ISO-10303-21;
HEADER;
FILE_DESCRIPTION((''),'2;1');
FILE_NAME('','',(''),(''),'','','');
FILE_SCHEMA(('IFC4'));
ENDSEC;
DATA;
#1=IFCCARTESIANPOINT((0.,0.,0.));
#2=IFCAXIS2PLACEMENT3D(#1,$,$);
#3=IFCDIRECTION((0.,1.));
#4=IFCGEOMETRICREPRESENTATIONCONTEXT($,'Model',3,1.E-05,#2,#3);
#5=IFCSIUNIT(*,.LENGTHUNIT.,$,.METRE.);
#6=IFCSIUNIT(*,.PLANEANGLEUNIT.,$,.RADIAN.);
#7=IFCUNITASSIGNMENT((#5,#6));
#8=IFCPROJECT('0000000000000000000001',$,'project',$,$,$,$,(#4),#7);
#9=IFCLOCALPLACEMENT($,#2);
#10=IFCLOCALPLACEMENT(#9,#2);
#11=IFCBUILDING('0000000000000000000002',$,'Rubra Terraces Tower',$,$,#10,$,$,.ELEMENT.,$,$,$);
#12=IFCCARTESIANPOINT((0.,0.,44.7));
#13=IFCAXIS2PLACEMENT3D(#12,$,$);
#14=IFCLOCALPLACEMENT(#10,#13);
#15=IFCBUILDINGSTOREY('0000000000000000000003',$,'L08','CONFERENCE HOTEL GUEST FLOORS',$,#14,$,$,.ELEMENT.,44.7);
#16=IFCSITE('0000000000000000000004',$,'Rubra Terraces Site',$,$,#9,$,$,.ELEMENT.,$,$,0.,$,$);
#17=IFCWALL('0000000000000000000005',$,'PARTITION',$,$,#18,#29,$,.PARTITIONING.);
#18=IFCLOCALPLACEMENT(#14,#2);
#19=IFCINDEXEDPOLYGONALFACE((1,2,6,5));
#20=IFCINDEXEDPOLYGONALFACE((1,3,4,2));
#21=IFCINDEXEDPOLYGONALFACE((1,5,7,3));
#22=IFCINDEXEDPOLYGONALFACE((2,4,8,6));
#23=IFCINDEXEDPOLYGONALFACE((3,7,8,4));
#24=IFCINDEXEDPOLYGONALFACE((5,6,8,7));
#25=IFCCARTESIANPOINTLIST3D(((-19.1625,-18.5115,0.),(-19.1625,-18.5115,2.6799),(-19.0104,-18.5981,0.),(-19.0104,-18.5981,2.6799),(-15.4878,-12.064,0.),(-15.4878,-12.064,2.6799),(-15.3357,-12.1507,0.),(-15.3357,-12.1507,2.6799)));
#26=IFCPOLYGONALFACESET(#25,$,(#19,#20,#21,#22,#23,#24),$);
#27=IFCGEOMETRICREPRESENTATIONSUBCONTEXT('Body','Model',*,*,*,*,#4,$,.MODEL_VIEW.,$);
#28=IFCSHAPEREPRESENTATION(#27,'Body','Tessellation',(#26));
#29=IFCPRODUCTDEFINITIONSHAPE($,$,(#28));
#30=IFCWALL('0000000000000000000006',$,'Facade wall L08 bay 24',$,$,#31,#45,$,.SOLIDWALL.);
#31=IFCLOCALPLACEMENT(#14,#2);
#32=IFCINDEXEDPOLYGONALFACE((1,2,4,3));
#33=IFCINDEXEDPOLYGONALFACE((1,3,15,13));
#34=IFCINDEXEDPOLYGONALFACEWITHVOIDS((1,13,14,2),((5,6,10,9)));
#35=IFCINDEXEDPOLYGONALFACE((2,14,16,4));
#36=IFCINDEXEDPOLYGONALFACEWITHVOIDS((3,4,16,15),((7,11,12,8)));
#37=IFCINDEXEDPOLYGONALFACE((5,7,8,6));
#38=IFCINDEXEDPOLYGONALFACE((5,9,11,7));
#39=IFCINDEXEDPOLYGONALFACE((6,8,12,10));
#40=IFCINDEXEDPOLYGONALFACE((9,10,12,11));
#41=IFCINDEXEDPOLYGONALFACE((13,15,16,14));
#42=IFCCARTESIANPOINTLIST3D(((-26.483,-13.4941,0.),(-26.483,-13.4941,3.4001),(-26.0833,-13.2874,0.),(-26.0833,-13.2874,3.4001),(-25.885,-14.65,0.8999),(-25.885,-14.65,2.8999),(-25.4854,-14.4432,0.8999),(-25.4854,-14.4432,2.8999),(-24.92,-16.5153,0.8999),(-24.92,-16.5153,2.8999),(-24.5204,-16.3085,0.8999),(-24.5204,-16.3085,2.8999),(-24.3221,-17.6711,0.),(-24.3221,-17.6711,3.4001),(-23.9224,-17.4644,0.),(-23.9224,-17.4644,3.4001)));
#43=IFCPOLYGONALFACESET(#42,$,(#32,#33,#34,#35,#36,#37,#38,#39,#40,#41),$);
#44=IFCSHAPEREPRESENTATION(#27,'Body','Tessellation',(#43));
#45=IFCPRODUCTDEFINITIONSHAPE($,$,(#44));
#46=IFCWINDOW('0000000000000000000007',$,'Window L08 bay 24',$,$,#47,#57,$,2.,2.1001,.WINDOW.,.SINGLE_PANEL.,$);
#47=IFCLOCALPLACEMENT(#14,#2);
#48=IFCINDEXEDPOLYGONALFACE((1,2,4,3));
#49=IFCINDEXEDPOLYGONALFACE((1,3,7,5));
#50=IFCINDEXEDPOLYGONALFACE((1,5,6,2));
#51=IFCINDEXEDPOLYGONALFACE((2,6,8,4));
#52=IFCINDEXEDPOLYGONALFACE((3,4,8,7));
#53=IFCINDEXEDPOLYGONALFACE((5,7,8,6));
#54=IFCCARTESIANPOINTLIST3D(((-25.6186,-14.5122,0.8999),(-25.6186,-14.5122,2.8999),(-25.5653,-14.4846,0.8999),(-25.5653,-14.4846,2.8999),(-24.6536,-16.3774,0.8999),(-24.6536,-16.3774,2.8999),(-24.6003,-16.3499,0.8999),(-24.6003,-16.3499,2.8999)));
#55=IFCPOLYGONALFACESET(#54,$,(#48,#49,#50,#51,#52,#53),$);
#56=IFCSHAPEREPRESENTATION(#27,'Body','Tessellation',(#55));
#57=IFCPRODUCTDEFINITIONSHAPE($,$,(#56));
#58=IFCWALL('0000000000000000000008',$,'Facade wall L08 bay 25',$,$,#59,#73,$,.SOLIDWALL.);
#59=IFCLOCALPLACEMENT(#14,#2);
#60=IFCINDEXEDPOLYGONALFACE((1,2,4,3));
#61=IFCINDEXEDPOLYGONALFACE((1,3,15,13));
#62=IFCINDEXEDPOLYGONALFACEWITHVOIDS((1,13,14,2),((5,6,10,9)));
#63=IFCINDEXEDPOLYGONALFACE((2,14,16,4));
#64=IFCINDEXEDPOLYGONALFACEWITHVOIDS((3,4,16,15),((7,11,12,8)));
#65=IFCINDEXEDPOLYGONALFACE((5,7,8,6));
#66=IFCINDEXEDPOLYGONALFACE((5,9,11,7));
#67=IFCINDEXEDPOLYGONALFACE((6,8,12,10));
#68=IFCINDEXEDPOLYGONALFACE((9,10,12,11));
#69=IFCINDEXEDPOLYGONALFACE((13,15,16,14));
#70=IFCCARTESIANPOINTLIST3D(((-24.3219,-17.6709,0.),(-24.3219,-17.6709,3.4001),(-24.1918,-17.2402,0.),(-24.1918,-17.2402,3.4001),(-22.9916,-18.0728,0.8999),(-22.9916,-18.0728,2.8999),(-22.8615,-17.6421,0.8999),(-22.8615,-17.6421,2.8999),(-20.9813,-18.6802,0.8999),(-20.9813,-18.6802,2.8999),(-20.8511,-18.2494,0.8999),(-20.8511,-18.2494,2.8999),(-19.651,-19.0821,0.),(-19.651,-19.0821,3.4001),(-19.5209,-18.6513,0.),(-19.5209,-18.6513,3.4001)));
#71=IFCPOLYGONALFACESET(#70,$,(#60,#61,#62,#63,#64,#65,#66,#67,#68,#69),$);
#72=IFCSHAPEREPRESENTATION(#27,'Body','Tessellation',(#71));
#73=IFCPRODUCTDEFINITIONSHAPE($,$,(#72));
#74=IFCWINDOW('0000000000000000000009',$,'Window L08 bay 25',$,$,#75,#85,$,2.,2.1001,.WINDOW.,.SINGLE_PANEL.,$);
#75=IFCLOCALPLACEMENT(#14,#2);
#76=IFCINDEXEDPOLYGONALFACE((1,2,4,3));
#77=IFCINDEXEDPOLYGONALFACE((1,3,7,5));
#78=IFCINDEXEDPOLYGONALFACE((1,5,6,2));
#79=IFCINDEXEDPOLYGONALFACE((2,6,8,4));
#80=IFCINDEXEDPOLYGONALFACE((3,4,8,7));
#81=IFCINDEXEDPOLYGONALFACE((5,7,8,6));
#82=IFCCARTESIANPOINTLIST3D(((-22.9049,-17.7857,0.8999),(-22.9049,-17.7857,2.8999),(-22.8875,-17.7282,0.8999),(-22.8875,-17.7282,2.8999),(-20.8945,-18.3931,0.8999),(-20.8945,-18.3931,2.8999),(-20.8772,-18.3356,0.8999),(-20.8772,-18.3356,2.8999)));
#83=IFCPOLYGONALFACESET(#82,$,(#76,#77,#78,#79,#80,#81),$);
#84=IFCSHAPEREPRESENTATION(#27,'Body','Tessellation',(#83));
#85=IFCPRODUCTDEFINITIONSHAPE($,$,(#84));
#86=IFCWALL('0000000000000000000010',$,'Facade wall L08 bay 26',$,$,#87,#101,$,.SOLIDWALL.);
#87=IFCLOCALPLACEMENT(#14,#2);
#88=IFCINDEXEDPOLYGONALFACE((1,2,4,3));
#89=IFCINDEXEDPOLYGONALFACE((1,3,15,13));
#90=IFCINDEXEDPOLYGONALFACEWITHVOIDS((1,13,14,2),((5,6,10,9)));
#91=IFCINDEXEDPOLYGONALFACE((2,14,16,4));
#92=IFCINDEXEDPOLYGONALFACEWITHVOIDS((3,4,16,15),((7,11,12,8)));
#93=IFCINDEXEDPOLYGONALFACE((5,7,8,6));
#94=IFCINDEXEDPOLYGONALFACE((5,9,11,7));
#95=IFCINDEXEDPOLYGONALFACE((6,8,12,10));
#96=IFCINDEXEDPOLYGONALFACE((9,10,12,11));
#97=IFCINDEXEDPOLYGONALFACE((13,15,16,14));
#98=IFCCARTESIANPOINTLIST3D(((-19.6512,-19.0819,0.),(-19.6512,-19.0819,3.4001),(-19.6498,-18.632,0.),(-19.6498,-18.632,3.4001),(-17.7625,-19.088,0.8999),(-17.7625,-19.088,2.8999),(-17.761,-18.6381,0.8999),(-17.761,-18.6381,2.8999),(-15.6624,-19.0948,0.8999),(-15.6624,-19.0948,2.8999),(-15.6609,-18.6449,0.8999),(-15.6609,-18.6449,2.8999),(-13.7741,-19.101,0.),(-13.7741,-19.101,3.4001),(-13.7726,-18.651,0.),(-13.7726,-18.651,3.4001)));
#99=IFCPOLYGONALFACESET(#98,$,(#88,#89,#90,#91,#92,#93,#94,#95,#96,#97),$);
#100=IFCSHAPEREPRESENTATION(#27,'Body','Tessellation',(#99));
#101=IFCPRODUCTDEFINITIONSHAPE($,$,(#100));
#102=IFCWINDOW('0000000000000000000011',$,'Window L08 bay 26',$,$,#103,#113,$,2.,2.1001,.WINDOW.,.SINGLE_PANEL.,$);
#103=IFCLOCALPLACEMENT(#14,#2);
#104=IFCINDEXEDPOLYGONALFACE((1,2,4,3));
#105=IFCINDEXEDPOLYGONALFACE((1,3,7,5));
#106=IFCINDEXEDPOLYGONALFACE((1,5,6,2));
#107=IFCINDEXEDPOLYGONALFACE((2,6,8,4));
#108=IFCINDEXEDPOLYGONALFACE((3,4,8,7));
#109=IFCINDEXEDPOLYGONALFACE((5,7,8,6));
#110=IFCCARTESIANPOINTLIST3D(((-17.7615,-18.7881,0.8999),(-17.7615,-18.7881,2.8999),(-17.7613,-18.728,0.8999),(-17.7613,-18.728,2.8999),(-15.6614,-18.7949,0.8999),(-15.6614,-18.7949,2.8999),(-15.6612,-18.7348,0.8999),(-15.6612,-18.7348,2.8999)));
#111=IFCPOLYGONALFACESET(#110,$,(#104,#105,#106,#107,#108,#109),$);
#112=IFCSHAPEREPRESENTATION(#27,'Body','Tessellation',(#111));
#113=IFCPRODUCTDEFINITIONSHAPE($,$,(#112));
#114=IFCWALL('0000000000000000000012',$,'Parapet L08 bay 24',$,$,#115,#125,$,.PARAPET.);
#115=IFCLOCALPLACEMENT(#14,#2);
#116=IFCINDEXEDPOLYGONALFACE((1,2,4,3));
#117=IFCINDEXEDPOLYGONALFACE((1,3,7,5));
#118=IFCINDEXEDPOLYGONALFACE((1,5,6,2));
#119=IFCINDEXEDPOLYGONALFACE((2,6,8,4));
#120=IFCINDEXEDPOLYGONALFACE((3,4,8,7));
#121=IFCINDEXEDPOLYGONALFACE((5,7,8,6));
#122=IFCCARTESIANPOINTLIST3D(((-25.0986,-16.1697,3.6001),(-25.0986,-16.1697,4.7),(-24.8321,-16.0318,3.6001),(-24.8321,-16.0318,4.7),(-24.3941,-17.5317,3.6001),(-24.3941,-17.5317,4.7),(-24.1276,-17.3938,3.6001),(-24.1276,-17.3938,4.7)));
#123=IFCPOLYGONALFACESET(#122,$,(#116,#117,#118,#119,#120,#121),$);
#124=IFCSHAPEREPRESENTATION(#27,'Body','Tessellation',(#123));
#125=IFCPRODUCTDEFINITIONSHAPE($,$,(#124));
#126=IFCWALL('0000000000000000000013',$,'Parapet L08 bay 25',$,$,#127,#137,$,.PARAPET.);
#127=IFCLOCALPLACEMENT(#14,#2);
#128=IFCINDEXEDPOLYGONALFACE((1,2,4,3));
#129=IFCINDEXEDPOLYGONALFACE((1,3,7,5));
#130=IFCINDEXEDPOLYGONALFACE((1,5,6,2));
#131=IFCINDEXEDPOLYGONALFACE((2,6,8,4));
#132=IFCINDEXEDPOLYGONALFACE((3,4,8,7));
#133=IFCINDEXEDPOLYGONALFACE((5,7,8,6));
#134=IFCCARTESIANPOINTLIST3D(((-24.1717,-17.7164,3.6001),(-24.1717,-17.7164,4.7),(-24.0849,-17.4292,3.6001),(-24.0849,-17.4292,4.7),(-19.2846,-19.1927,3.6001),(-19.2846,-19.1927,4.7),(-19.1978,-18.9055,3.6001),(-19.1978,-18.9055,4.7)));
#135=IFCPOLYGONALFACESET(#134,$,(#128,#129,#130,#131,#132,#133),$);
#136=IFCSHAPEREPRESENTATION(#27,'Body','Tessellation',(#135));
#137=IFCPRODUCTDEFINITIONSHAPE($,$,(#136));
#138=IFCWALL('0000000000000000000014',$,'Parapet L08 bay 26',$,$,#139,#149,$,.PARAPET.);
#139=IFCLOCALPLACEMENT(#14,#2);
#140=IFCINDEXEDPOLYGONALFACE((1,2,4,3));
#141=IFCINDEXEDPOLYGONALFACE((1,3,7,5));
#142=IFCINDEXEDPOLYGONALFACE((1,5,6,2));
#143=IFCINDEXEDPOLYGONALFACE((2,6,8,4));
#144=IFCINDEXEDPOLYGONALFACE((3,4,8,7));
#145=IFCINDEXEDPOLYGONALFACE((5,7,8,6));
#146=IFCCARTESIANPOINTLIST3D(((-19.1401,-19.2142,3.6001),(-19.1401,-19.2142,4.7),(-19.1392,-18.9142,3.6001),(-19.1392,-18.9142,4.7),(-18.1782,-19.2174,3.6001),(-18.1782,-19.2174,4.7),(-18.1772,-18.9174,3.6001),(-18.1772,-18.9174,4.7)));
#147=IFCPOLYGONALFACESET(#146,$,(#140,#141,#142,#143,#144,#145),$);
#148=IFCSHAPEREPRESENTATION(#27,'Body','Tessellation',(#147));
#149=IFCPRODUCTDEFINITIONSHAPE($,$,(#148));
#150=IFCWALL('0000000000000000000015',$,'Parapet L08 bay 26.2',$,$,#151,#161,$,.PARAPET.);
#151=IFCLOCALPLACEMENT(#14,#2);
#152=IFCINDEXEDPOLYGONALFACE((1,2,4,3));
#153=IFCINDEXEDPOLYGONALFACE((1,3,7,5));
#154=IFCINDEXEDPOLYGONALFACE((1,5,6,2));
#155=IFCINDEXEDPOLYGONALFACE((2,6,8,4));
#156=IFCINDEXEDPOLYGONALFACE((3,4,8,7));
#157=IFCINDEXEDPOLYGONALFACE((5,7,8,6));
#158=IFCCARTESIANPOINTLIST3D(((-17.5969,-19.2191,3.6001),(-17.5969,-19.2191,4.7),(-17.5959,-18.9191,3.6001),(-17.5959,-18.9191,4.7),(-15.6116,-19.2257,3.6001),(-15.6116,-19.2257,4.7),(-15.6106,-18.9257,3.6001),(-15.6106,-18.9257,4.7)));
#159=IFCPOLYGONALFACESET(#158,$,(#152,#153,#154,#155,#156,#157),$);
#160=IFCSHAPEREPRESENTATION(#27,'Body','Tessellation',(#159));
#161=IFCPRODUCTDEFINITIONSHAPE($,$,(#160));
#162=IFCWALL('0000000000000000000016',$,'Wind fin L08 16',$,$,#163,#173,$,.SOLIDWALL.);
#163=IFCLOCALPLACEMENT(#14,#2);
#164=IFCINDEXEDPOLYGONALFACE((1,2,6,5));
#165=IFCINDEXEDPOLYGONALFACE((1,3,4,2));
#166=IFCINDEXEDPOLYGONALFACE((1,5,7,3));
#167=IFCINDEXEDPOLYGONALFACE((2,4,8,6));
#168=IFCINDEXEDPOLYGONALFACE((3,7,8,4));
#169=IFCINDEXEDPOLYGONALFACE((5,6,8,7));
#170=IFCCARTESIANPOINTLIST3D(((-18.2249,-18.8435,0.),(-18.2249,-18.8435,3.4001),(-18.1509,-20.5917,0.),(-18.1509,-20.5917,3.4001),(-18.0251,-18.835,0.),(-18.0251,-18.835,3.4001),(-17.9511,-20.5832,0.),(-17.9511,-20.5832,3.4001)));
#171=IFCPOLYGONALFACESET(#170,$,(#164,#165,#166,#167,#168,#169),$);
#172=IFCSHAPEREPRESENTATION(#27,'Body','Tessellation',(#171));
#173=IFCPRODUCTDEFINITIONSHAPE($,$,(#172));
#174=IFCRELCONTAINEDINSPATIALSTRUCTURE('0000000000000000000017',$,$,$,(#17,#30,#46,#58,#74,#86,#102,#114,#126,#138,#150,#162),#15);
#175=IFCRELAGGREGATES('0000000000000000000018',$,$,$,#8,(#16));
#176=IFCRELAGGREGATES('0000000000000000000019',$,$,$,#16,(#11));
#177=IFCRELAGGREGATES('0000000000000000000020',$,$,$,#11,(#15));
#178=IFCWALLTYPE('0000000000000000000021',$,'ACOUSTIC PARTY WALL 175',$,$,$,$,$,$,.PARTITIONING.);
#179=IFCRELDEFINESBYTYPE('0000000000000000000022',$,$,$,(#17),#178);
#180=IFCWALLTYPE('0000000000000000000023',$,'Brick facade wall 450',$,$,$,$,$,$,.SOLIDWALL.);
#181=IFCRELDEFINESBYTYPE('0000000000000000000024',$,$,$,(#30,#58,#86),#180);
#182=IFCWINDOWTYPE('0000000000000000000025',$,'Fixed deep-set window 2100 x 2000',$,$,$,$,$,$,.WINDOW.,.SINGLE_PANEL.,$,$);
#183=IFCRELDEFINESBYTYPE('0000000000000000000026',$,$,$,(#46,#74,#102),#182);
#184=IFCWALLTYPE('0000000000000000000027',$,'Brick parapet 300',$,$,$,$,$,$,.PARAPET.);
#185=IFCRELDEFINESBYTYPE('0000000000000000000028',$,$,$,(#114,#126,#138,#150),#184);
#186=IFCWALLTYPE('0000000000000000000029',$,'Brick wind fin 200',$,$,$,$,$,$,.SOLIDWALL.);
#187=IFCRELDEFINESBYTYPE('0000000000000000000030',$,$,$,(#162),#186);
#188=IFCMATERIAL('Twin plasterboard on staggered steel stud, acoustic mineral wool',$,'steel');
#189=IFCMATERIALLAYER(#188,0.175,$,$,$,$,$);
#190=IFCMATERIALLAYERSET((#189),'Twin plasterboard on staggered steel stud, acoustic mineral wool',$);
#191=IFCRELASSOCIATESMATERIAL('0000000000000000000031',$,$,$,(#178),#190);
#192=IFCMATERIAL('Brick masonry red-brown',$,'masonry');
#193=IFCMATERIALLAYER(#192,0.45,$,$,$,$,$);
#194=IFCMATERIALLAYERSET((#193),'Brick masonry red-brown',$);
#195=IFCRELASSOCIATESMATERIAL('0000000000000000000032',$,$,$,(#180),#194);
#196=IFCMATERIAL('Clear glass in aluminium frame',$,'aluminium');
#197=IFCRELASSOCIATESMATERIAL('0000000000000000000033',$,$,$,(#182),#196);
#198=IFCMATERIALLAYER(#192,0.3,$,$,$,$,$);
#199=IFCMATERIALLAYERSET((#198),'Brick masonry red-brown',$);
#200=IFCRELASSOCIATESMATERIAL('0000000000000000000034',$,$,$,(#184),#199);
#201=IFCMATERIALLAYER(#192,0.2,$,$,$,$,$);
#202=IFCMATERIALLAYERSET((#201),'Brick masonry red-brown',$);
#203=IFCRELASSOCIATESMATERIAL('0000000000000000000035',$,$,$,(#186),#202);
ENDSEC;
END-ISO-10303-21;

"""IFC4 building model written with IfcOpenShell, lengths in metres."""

from ifc_helpers import new_model, si_unit, direction, frame, frame_2d, origin, place, context, subcontext, project, spatial, rectangle, extrude, material, layer, layer_set, type_object, element, fill, save


model = new_model("IFC4")

# Units and contexts
model_context = context("Model", 3, precision=1e-05, world=origin(), true_north=direction((0.0, 1.0)))
body_context = subcontext(model_context, "Body", "Model", "MODEL_VIEW")
ifc_project = project(units=[si_unit("LENGTHUNIT", "METRE"), si_unit("PLANEANGLEUNIT", "RADIAN")], contexts=[model_context])

# Site, building, storey
site_placement = place(None, origin())
site = spatial("IfcSite", under=ifc_project, at=site_placement, Name="Rubra Terraces Site", CompositionType="ELEMENT", RefElevation=0.0)
building_placement = place(site_placement, origin())
building = spatial("IfcBuilding", under=site, at=building_placement, Name="Rubra Terraces Tower", CompositionType="ELEMENT")
storey_placement = place(building_placement, frame((0.0, 0.0, 44.7)))
storey = spatial("IfcBuildingStorey", under=building, at=storey_placement, Name="L08", Description="CONFERENCE HOTEL GUEST FLOORS", CompositionType="ELEMENT", Elevation=44.7)

# Wall
ifc_material_1 = material(Name="Twin plasterboard on staggered steel stud, acoustic mineral wool", Category="steel")
ifc_layer_1 = layer(ifc_material_1, 0.175)
ifc_layer_set_1 = layer_set([ifc_layer_1], Name="Twin plasterboard on staggered steel stud, acoustic mineral wool")
wall_type_1 = type_object("IfcWallType", Name="ACOUSTIC PARTY WALL 175", PredefinedType="PARTITIONING", material=ifc_layer_set_1)
wall_1_placement = place(storey_placement, frame((-19.0864, -18.5547, 0.0), z_axis=(0.0, 0.0, 1.0), x_axis=(0.495175, 0.868793, 0.0)))
element("IfcWall", 1, at=wall_1_placement, inside=storey, type_object=wall_type_1, Name="PARTITION", PredefinedType="PARTITIONING", context=body_context, shape_type="SweptSolid", body=[
    extrude(rectangle(XDim=7.4211, YDim=0.175, at=frame_2d((3.7104, 0.0))), origin(), (0.0, 0.0, 1.0), 2.6799),
])

# Walls, openings, windows
ifc_material_2 = material(Name="Brick masonry red-brown", Category="masonry")
ifc_layer_2 = layer(ifc_material_2, 0.45)
ifc_layer_set_2 = layer_set([ifc_layer_2], Name="Brick masonry red-brown")
wall_type_2 = type_object("IfcWallType", Name="Brick facade wall 450", PredefinedType="SOLIDWALL", material=ifc_layer_set_2)
wall_2_placement = place(storey_placement, frame((-26.2832, -13.3906, 0.0), z_axis=(0.0, 0.0, 1.0), x_axis=(0.459485, -0.888185, 0.0)))
wall_2 = element("IfcWall", 2, at=wall_2_placement, inside=storey, type_object=wall_type_2, Name="Facade wall L08 bay 24", PredefinedType="SOLIDWALL", context=body_context, shape_type="SweptSolid", body=[
    extrude(rectangle(XDim=4.7029, YDim=0.45, at=frame_2d((2.3516, 0.0))), origin(), (0.0, 0.0, 1.0), 3.4001),
])
opening_1_placement = place(wall_2_placement, frame((1.3015, 0.0, 0.8999)))
opening_1 = element("IfcOpeningElement", 3, at=opening_1_placement, cuts=wall_2, PredefinedType="OPENING", context=body_context, shape_type="SweptSolid", body=[
    extrude(rectangle(XDim=2.1001, YDim=2.0, at=frame_2d((1.05, 1.0))), frame((0.0, 0.2349, 0.0), z_axis=(0.0, -1.0, 0.0), x_axis=(1.0, 0.0, 0.0)), (0.0, 0.0, 1.0), 0.47),
])
ifc_material_3 = material(Name="Clear glass in aluminium frame", Category="aluminium")
window_type = type_object("IfcWindowType", Name="Fixed deep-set window 2100 x 2000", PartitioningType="SINGLE_PANEL", PredefinedType="WINDOW", material=ifc_material_3)
window_1_placement = place(opening_1_placement, origin())
window_1 = element("IfcWindow", 4, at=window_1_placement, inside=storey, type_object=window_type, Name="Window L08 bay 24", OverallHeight=2.0, OverallWidth=2.1001, PartitioningType="SINGLE_PANEL", PredefinedType="WINDOW", context=body_context, shape_type="SweptSolid", body=[
    extrude(rectangle(XDim=2.1001, YDim=2.0, at=frame_2d((1.05, 1.0))), frame((0.0, 0.135, 0.0), z_axis=(0.0, -1.0, 0.0), x_axis=(1.0, 0.0, 0.0)), (0.0, 0.0, 1.0), 0.0601),
])
fill(opening_1, window_1)
wall_3_placement = place(storey_placement, frame((-24.2568, -17.4556, 0.0), z_axis=(0.0, 0.0, 1.0), x_axis=(0.957268, -0.289202, 0.0)))
wall_3 = element("IfcWall", 5, at=wall_3_placement, inside=storey, type_object=wall_type_2, Name="Facade wall L08 bay 25", PredefinedType="SOLIDWALL", context=body_context, shape_type="SweptSolid", body=[
    extrude(rectangle(XDim=4.8794, YDim=0.45, at=frame_2d((2.4397, 0.0))), origin(), (0.0, 0.0, 1.0), 3.4001),
])
opening_2_placement = place(wall_3_placement, frame((1.3896, 0.0, 0.8999)))
opening_2 = element("IfcOpeningElement", 6, at=opening_2_placement, cuts=wall_3, PredefinedType="OPENING", context=body_context, shape_type="SweptSolid", body=[
    extrude(rectangle(XDim=2.1001, YDim=2.0, at=frame_2d((1.05, 1.0))), frame((0.0, 0.2349, 0.0), z_axis=(0.0, -1.0, 0.0), x_axis=(1.0, 0.0, 0.0)), (0.0, 0.0, 1.0), 0.47),
])
window_2_placement = place(opening_2_placement, origin())
window_2 = element("IfcWindow", 7, at=window_2_placement, inside=storey, type_object=window_type, Name="Window L08 bay 25", OverallHeight=2.0, OverallWidth=2.1001, PartitioningType="SINGLE_PANEL", PredefinedType="WINDOW", context=body_context, shape_type="SweptSolid", body=[
    extrude(rectangle(XDim=2.1001, YDim=2.0, at=frame_2d((1.05, 1.0))), frame((0.0, 0.135, 0.0), z_axis=(0.0, -1.0, 0.0), x_axis=(1.0, 0.0, 0.0)), (0.0, 0.0, 1.0), 0.0601),
])
fill(opening_2, window_2)
wall_4_placement = place(storey_placement, frame((-19.6504, -18.8569, 0.0), z_axis=(0.0, 0.0, 1.0), x_axis=(0.999995, -0.00324, 0.0)))
wall_4 = element("IfcWall", 8, at=wall_4_placement, inside=storey, type_object=wall_type_2, Name="Facade wall L08 bay 26", PredefinedType="SOLIDWALL", context=body_context, shape_type="SweptSolid", body=[
    extrude(rectangle(XDim=5.8772, YDim=0.45, at=frame_2d((2.9385, 0.0))), origin(), (0.0, 0.0, 1.0), 3.4001),
])
opening_3_placement = place(wall_4_placement, frame((1.8887, 0.0, 0.8999)))
opening_3 = element("IfcOpeningElement", 9, at=opening_3_placement, cuts=wall_4, PredefinedType="OPENING", context=body_context, shape_type="SweptSolid", body=[
    extrude(rectangle(XDim=2.1001, YDim=2.0, at=frame_2d((1.05, 1.0))), frame((0.0, 0.2349, 0.0), z_axis=(0.0, -1.0, 0.0), x_axis=(1.0, 0.0, 0.0)), (0.0, 0.0, 1.0), 0.47),
])
window_3_placement = place(opening_3_placement, origin())
window_3 = element("IfcWindow", 10, at=window_3_placement, inside=storey, type_object=window_type, Name="Window L08 bay 26", OverallHeight=2.0, OverallWidth=2.1001, PartitioningType="SINGLE_PANEL", PredefinedType="WINDOW", context=body_context, shape_type="SweptSolid", body=[
    extrude(rectangle(XDim=2.1001, YDim=2.0, at=frame_2d((1.05, 1.0))), frame((0.0, 0.135, 0.0), z_axis=(0.0, -1.0, 0.0), x_axis=(1.0, 0.0, 0.0)), (0.0, 0.0, 1.0), 0.0601),
])
fill(opening_3, window_3)

# Walls
ifc_layer_3 = layer(ifc_material_2, 0.3)
ifc_layer_set_3 = layer_set([ifc_layer_3], Name="Brick masonry red-brown")
wall_type_3 = type_object("IfcWallType", Name="Brick parapet 300", PredefinedType="PARAPET", material=ifc_layer_set_3)
wall_5_placement = place(storey_placement, frame((-24.9653, -16.1008, 3.6001), z_axis=(0.0, 0.0, 1.0), x_axis=(0.459462, -0.888197, 0.0)))
element("IfcWall", 11, at=wall_5_placement, inside=storey, type_object=wall_type_3, Name="Parapet L08 bay 24", PredefinedType="PARAPET", context=body_context, shape_type="SweptSolid", body=[
    extrude(rectangle(XDim=1.5334, YDim=0.3, at=frame_2d((0.7666, 0.0))), origin(), (0.0, 0.0, 1.0), 1.0999),
])
wall_6_placement = place(storey_placement, frame((-24.1284, -17.5728, 3.6001), z_axis=(0.0, 0.0, 1.0), x_axis=(0.957277, -0.289172, 0.0)))
element("IfcWall", 12, at=wall_6_placement, inside=storey, type_object=wall_type_3, Name="Parapet L08 bay 25", PredefinedType="PARAPET", context=body_context, shape_type="SweptSolid", body=[
    extrude(rectangle(XDim=5.1052, YDim=0.3, at=frame_2d((2.5527, 0.0))), origin(), (0.0, 0.0, 1.0), 1.0999),
])
wall_7_placement = place(storey_placement, frame((-19.1396, -19.0642, 3.6001), z_axis=(0.0, 0.0, 1.0), x_axis=(0.999995, -0.003299, 0.0)))
element("IfcWall", 13, at=wall_7_placement, inside=storey, type_object=wall_type_3, Name="Parapet L08 bay 26", PredefinedType="PARAPET", context=body_context, shape_type="SweptSolid", body=[
    extrude(rectangle(XDim=0.9619, YDim=0.3, at=frame_2d((0.481, 0.0))), origin(), (0.0, 0.0, 1.0), 1.0999),
])
wall_8_placement = place(storey_placement, frame((-17.5964, -19.0691, 3.6001), z_axis=(0.0, 0.0, 1.0), x_axis=(0.999994, -0.00332, 0.0)))
element("IfcWall", 14, at=wall_8_placement, inside=storey, type_object=wall_type_3, Name="Parapet L08 bay 26.2", PredefinedType="PARAPET", context=body_context, shape_type="SweptSolid", body=[
    extrude(rectangle(XDim=1.9854, YDim=0.3, at=frame_2d((0.9927, 0.0))), origin(), (0.0, 0.0, 1.0), 1.0999),
])
ifc_layer_4 = layer(ifc_material_2, 0.2)
ifc_layer_set_4 = layer_set([ifc_layer_4], Name="Brick masonry red-brown")
wall_type_4 = type_object("IfcWallType", Name="Brick wind fin 200", PredefinedType="SOLIDWALL", material=ifc_layer_set_4)
wall_9_placement = place(storey_placement, frame((-18.125, -18.8391, 0.0), z_axis=(0.0, 0.0, 1.0), x_axis=(0.042275, -0.999106, 0.0)))
element("IfcWall", 15, at=wall_9_placement, inside=storey, type_object=wall_type_4, Name="Wind fin L08 16", PredefinedType="SOLIDWALL", context=body_context, shape_type="SweptSolid", body=[
    extrude(rectangle(XDim=1.7498, YDim=0.2, at=frame_2d((0.875, 0.0))), origin(), (0.0, 0.0, 1.0), 3.4001),
])

save(model, "model.ifc")
